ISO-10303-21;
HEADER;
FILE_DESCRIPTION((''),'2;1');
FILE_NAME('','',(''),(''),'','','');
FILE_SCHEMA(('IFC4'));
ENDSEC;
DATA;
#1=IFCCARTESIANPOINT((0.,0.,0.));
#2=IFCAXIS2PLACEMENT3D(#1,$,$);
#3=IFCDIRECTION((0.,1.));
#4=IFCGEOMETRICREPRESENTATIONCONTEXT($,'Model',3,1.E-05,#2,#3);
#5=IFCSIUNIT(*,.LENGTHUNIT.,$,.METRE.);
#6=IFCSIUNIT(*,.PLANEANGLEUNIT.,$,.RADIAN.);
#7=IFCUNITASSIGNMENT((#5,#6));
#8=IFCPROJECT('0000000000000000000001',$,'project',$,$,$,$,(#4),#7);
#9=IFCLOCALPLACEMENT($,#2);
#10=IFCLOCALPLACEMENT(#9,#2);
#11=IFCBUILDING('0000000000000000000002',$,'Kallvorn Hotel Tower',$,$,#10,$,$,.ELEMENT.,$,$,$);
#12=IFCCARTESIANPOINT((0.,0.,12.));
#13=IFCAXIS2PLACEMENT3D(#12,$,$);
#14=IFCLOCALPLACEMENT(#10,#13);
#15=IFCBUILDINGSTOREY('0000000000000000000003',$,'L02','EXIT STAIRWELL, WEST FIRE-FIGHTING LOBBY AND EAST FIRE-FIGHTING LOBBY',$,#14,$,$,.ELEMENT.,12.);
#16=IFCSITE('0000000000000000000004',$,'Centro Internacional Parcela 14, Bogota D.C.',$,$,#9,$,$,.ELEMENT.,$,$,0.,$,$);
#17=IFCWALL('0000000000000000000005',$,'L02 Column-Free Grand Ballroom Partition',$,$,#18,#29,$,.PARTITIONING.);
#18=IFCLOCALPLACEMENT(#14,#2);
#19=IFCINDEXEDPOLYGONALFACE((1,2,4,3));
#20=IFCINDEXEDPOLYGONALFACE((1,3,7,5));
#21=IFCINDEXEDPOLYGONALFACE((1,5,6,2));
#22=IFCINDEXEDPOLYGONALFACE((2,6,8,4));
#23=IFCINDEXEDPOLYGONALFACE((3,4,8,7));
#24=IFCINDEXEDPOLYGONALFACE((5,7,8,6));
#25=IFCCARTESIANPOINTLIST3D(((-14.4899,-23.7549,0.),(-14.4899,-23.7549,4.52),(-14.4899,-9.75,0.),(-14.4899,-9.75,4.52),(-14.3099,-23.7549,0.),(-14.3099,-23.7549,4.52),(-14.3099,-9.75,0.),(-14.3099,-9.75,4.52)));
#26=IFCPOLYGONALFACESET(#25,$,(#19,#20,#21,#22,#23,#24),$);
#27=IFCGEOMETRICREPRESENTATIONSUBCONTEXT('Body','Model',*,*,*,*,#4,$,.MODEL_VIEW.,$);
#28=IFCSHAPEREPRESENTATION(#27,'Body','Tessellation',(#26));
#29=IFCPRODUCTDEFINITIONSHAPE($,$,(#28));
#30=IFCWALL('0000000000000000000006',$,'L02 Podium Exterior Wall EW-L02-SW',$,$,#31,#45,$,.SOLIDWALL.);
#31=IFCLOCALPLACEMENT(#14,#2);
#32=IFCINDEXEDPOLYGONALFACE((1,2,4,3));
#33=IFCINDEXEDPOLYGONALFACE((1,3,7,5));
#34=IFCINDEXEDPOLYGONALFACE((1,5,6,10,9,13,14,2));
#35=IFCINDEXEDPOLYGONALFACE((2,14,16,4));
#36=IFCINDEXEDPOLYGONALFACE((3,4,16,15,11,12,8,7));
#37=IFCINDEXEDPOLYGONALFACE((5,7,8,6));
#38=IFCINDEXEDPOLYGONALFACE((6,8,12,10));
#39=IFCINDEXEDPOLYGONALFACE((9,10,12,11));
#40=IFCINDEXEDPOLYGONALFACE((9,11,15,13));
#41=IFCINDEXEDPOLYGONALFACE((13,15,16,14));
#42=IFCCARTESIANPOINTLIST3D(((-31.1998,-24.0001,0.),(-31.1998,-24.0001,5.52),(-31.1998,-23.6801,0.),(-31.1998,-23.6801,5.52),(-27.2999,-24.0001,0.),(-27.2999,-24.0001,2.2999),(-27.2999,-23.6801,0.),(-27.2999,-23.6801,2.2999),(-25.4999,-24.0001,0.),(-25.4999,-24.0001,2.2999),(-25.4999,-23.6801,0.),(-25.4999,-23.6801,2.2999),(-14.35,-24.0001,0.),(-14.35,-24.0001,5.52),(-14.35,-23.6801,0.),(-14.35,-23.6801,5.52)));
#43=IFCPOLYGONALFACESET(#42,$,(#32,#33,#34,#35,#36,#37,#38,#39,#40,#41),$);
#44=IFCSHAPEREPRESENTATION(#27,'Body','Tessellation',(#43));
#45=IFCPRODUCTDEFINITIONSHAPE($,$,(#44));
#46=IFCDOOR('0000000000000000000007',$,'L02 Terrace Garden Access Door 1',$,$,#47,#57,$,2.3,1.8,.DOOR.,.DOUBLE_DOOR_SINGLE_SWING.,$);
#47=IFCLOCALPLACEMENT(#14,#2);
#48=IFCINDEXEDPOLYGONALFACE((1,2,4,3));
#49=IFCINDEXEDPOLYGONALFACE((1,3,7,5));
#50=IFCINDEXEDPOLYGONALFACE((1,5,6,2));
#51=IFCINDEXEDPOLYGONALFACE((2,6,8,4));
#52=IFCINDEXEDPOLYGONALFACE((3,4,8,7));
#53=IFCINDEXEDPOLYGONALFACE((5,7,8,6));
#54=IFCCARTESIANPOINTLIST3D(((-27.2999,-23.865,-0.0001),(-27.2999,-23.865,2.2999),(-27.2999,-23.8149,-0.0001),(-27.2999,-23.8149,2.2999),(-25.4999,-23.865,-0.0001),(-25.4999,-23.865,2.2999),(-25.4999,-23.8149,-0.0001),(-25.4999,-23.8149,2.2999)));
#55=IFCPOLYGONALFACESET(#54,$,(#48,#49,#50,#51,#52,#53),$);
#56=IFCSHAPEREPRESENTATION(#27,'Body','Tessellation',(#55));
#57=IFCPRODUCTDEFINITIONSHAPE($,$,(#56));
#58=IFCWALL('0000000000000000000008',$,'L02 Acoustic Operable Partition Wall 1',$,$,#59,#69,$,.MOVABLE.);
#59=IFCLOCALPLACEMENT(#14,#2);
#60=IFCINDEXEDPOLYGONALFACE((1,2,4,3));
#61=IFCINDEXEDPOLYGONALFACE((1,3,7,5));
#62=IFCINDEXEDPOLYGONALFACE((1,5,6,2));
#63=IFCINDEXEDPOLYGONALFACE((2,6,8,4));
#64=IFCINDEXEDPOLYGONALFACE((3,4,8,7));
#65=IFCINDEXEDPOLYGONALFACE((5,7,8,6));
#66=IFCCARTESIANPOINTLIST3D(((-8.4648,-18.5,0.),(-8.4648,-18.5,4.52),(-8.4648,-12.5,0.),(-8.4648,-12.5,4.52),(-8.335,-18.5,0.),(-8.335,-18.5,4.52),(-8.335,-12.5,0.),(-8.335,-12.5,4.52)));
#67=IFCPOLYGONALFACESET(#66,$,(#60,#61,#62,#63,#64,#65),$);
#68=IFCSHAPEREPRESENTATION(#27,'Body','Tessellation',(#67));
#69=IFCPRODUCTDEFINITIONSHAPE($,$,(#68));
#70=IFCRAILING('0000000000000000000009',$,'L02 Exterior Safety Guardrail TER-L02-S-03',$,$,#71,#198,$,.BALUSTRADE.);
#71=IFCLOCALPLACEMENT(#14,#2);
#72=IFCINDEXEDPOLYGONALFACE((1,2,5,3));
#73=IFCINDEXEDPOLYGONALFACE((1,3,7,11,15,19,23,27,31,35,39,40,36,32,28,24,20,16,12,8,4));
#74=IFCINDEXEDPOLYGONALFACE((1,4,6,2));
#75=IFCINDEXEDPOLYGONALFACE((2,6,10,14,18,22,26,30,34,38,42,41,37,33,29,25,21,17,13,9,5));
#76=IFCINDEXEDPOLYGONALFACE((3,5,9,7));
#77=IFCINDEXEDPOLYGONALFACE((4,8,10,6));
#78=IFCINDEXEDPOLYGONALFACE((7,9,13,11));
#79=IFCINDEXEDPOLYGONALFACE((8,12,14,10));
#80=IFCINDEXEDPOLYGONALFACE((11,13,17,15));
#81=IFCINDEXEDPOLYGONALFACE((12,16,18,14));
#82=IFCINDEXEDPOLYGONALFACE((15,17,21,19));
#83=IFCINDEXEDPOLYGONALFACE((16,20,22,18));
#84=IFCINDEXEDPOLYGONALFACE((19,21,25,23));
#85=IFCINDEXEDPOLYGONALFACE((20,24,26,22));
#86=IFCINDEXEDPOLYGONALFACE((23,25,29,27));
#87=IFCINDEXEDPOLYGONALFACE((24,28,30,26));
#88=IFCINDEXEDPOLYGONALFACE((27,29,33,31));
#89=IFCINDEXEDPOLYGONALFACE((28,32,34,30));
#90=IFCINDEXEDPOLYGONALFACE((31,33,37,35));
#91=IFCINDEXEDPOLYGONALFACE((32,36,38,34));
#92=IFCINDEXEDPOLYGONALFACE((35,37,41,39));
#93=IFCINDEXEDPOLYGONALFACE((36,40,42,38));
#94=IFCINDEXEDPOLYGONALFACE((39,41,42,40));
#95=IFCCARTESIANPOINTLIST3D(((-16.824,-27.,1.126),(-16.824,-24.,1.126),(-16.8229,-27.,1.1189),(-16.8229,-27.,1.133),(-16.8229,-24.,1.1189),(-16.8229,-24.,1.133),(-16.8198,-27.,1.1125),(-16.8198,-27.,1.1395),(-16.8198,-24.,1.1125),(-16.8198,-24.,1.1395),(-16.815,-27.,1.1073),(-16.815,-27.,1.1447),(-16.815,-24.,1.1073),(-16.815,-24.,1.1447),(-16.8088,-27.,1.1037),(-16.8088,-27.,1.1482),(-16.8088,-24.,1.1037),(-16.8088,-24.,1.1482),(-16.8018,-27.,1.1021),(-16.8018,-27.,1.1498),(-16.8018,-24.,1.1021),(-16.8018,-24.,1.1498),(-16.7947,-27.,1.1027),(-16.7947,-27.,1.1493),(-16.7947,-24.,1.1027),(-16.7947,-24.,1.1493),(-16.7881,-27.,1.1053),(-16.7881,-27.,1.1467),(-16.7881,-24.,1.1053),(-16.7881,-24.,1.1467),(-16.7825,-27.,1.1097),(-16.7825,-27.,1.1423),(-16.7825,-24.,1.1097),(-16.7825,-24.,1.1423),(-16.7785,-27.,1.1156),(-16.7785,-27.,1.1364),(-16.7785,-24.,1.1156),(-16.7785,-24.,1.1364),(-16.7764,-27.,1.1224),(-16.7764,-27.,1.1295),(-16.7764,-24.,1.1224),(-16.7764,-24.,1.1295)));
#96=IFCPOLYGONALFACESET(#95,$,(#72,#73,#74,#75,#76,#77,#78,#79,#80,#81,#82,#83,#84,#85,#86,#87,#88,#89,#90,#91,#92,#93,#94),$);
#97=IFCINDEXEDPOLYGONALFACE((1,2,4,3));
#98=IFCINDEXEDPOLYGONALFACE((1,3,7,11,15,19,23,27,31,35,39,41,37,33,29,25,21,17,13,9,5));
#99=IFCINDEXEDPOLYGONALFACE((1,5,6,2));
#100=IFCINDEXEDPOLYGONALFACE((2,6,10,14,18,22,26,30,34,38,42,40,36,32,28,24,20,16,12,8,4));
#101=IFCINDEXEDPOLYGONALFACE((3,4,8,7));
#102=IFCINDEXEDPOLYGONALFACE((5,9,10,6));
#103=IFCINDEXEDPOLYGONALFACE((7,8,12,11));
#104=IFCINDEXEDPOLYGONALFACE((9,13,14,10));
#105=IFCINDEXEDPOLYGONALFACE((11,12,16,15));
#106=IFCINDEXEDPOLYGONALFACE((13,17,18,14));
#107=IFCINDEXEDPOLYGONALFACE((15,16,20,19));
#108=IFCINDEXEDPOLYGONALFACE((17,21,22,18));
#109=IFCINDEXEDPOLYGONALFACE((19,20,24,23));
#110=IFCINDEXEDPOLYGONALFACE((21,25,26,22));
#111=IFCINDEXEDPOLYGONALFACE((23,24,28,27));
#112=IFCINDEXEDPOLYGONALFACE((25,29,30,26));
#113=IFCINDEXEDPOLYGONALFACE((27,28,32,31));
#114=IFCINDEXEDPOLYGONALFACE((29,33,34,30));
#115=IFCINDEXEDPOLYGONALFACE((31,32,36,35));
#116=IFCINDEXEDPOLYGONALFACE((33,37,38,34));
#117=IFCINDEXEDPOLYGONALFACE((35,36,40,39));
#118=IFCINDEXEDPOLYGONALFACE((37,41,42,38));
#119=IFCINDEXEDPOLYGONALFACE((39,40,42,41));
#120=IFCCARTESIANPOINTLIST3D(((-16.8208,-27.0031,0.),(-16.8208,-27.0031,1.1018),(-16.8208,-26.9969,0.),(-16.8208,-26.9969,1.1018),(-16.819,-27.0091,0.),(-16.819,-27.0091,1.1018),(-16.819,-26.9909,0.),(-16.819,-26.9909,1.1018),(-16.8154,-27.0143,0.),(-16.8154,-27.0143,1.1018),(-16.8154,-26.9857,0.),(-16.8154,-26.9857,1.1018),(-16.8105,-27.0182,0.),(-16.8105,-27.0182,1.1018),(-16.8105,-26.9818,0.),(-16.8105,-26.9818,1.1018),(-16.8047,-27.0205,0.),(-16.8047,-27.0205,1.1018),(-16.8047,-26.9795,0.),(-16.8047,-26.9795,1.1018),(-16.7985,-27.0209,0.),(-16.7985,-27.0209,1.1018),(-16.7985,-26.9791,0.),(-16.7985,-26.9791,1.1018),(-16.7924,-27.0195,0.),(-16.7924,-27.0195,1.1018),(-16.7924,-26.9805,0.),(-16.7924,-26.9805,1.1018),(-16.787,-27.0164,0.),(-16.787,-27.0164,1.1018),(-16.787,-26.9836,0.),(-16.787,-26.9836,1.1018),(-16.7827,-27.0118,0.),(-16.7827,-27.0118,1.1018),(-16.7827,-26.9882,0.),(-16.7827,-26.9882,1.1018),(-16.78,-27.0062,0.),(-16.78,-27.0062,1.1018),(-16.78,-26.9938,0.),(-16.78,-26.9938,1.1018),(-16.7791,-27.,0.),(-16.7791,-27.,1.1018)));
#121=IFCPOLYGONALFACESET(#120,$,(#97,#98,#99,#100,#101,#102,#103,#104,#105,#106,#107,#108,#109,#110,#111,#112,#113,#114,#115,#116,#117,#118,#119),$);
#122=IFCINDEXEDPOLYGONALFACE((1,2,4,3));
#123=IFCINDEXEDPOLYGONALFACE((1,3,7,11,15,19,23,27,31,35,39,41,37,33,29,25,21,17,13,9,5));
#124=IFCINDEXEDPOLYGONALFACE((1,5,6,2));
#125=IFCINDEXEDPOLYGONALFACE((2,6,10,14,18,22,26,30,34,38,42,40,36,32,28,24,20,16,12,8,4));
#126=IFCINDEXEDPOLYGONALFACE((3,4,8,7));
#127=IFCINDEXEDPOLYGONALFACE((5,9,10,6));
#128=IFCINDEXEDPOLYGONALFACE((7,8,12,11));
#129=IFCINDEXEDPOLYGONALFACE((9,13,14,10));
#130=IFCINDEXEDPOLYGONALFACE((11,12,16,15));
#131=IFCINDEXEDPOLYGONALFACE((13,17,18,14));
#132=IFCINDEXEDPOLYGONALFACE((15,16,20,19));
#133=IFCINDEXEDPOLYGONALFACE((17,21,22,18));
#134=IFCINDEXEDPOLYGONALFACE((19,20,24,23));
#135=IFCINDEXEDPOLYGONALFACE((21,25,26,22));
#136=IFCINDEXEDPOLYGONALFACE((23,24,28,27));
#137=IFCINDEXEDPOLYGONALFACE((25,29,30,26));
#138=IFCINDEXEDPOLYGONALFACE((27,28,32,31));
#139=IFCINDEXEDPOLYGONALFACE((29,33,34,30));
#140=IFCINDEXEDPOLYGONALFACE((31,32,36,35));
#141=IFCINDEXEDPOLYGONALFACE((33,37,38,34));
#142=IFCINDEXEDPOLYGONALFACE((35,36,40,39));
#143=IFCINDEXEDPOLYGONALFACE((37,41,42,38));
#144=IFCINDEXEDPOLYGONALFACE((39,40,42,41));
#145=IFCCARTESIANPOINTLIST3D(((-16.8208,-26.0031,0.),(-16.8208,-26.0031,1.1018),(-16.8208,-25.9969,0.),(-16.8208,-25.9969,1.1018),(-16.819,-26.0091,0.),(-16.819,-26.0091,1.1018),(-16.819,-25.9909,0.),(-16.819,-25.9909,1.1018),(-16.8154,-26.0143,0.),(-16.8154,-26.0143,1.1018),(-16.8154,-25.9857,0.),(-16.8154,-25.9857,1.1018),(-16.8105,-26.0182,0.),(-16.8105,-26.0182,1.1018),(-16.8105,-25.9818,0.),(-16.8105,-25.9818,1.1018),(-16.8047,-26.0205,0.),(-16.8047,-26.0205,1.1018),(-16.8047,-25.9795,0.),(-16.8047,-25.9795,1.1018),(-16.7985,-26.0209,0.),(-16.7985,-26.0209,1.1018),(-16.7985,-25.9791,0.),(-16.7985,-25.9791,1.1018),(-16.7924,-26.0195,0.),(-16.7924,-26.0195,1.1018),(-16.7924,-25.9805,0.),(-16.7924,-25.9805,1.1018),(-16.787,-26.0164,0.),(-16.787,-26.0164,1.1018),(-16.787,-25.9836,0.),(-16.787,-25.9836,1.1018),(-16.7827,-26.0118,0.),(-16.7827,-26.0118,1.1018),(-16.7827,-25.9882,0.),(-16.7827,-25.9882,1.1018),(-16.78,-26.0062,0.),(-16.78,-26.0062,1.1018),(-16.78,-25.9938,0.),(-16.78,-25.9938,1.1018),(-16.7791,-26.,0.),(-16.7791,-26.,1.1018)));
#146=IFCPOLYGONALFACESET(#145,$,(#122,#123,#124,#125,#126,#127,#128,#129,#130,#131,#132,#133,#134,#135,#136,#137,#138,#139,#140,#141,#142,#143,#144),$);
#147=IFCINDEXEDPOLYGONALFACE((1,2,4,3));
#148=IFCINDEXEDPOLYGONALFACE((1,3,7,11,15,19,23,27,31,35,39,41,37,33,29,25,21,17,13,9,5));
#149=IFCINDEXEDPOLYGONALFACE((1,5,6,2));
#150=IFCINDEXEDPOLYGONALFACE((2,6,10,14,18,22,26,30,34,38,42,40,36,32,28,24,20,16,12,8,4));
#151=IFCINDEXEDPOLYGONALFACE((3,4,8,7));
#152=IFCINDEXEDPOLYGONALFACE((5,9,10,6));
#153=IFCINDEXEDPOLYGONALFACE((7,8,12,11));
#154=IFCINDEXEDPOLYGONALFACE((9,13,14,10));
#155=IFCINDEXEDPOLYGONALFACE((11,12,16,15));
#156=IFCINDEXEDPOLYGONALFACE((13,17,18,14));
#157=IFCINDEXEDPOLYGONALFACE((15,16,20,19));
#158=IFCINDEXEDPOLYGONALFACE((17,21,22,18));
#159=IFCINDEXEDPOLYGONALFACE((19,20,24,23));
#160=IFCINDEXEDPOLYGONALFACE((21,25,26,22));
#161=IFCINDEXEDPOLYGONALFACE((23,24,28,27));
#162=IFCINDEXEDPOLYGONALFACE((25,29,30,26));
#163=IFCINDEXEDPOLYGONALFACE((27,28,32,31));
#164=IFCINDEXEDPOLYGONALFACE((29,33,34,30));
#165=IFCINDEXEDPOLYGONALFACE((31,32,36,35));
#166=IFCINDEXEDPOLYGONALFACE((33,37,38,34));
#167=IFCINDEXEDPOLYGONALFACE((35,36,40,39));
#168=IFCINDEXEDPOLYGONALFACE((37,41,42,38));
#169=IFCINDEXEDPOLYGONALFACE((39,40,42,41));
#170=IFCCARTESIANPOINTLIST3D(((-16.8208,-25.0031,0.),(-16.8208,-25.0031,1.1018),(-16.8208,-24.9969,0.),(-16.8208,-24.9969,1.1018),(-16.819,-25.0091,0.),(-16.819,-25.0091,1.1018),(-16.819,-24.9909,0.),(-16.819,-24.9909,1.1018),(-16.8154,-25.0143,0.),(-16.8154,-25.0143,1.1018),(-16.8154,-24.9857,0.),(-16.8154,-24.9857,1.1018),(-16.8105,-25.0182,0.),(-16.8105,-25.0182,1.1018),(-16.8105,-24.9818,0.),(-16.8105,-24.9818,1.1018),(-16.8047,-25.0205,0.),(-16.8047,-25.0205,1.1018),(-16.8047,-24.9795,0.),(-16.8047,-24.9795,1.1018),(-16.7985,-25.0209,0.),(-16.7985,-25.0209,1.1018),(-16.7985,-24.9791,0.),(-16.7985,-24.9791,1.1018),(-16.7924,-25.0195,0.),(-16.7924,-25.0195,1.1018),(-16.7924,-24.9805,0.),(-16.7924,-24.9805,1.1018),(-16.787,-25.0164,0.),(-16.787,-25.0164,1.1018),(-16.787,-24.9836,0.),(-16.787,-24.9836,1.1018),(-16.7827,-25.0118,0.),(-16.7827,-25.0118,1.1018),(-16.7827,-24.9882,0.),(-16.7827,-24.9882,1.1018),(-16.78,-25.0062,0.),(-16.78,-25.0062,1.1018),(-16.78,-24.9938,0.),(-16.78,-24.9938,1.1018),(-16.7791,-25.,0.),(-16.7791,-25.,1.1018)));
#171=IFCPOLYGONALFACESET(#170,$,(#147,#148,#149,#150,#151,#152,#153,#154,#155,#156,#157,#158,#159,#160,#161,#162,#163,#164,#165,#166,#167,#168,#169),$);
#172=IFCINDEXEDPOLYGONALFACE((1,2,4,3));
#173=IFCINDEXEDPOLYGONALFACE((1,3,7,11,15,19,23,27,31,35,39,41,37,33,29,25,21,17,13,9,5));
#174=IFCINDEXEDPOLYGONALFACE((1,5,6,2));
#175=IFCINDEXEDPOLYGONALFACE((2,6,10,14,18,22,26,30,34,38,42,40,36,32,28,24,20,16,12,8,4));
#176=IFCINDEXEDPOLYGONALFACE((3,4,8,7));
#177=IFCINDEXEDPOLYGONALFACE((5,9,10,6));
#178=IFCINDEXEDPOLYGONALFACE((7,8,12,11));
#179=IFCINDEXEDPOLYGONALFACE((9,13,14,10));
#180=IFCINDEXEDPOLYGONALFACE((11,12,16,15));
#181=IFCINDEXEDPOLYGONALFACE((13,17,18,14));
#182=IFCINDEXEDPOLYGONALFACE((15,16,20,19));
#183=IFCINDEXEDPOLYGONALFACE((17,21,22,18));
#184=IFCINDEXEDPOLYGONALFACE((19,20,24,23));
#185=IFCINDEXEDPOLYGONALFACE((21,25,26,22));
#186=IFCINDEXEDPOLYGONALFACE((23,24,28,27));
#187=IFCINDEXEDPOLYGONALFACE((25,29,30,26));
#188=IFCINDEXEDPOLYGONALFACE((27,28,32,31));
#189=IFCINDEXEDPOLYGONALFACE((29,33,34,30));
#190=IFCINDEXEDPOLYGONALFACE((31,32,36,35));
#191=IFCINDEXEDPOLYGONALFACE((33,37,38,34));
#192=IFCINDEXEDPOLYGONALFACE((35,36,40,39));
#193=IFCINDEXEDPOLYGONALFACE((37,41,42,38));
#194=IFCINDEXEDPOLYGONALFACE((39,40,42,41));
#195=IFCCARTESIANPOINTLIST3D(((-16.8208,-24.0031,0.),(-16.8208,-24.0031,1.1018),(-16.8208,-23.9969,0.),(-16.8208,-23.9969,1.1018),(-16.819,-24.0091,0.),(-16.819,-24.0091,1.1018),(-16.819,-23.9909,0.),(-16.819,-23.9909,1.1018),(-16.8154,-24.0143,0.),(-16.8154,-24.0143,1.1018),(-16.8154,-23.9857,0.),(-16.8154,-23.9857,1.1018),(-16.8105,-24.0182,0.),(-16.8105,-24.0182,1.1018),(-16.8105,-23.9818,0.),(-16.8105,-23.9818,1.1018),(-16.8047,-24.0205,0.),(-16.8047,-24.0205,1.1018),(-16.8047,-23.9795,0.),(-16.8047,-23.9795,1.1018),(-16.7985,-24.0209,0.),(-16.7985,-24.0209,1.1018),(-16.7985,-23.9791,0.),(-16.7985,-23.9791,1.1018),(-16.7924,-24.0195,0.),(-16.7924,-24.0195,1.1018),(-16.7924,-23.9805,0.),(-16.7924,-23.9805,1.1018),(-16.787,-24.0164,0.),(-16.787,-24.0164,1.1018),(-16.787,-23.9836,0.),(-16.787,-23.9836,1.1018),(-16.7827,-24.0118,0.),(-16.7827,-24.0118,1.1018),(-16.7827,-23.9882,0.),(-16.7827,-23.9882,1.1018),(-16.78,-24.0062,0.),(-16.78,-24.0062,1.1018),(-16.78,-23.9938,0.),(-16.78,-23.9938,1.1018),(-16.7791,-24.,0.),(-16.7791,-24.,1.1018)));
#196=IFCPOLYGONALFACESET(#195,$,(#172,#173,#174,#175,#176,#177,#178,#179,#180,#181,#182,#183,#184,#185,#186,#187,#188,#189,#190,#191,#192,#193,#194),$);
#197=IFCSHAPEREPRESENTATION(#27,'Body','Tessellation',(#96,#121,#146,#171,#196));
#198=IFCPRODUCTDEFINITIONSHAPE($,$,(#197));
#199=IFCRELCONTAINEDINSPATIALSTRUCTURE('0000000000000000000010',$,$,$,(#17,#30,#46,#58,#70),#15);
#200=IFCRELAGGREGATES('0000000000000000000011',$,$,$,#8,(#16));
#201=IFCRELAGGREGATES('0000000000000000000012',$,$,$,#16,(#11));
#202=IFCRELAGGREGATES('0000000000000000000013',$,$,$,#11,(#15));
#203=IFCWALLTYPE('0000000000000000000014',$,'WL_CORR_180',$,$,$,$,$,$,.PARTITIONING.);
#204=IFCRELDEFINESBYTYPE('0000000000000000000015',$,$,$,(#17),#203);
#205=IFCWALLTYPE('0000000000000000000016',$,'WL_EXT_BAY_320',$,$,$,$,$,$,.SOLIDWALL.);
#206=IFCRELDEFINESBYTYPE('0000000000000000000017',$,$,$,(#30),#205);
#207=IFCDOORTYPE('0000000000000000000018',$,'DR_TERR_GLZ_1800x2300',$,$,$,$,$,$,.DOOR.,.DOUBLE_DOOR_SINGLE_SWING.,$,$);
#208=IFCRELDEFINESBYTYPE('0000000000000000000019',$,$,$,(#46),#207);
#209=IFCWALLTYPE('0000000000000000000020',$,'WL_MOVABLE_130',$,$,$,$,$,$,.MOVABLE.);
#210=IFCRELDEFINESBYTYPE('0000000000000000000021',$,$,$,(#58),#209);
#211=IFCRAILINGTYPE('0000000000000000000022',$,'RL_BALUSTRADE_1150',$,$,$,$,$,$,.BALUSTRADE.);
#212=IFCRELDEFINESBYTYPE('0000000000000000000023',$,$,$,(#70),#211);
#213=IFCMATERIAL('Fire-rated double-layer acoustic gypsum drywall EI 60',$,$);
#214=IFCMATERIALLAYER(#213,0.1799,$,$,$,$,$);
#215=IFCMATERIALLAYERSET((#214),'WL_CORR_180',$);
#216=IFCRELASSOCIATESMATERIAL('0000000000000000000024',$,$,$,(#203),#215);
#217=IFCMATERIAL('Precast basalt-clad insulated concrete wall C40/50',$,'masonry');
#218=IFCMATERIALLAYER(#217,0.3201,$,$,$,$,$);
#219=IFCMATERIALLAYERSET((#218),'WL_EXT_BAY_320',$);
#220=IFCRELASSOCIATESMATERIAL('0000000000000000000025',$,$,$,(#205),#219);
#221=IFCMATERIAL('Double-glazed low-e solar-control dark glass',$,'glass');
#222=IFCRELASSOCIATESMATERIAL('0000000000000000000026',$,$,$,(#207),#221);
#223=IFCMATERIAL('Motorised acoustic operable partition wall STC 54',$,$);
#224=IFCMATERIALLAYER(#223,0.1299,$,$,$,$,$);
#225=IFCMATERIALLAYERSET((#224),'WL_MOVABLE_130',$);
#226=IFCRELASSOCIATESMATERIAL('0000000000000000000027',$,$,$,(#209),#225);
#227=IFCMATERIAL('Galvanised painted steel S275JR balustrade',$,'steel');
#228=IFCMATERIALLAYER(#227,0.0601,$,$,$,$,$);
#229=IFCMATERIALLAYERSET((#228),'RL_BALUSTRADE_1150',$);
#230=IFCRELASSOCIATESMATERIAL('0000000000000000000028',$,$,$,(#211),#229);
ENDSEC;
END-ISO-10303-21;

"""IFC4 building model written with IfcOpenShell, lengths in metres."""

from ifc_helpers import new_model, si_unit, direction, frame, frame_2d, origin, origin_2d, place, context, subcontext, project, spatial, rectangle, circle, extrude, material, layer, layer_set, type_object, element, fill, save


model = new_model("IFC4")

# Units and contexts
model_context = context("Model", 3, precision=1e-05, world=origin(), true_north=direction((0.0, 1.0)))
body_context = subcontext(model_context, "Body", "Model", "MODEL_VIEW")
ifc_project = project(units=[si_unit("LENGTHUNIT", "METRE"), si_unit("PLANEANGLEUNIT", "RADIAN")], contexts=[model_context])

# Site, building, storey
site_placement = place(None, origin())
site = spatial("IfcSite", under=ifc_project, at=site_placement, Name="Centro Internacional Parcela 14, Bogota D.C.", CompositionType="ELEMENT", RefElevation=0.0)
building_placement = place(site_placement, origin())
building = spatial("IfcBuilding", under=site, at=building_placement, Name="Kallvorn Hotel Tower", CompositionType="ELEMENT")
storey_placement = place(building_placement, frame((0.0, 0.0, 12.0)))
storey = spatial("IfcBuildingStorey", under=building, at=storey_placement, Name="L02", Description="EXIT STAIRWELL, WEST FIRE-FIGHTING LOBBY AND EAST FIRE-FIGHTING LOBBY", CompositionType="ELEMENT", Elevation=12.0)

# Wall
ifc_material_1 = material(Name="Fire-rated double-layer acoustic gypsum drywall EI 60")
ifc_layer_1 = layer(ifc_material_1, 0.1799)
ifc_layer_set_1 = layer_set([ifc_layer_1], Name="WL_CORR_180")
wall_type_1 = type_object("IfcWallType", Name="WL_CORR_180", PredefinedType="PARTITIONING", material=ifc_layer_set_1)
wall_1_placement = place(storey_placement, frame((-14.3999, -23.7549, 0.0), z_axis=(0.0, 0.0, 1.0), x_axis=(0.0, 1.0, 0.0)))
element("IfcWall", 1, at=wall_1_placement, inside=storey, type_object=wall_type_1, Name="L02 Column-Free Grand Ballroom Partition", PredefinedType="PARTITIONING", context=body_context, shape_type="SweptSolid", body=[
    extrude(rectangle(XDim=14.0049, YDim=0.1799, at=frame_2d((7.0024, 0.0))), origin(), (0.0, 0.0, 1.0), 4.52),
])

# Wall, opening, door
ifc_material_2 = material(Name="Precast basalt-clad insulated concrete wall C40/50", Category="masonry")
ifc_layer_2 = layer(ifc_material_2, 0.3201)
ifc_layer_set_2 = layer_set([ifc_layer_2], Name="WL_EXT_BAY_320")
wall_type_2 = type_object("IfcWallType", Name="WL_EXT_BAY_320", PredefinedType="SOLIDWALL", material=ifc_layer_set_2)
wall_2_placement = place(storey_placement, frame((-14.3501, -23.8401, 0.0), z_axis=(0.0, 0.0, 1.0), x_axis=(-1.0, 0.0, 0.0)))
wall_2 = element("IfcWall", 2, at=wall_2_placement, inside=storey, type_object=wall_type_2, Name="L02 Podium Exterior Wall EW-L02-SW", PredefinedType="SOLIDWALL", context=body_context, shape_type="SweptSolid", body=[
    extrude(rectangle(XDim=16.8499, YDim=0.3201, at=frame_2d((8.4248, 0.0))), origin(), (0.0, 0.0, 1.0), 5.52),
])
opening_placement = place(wall_2_placement, frame((11.1499, 0.0, 0.0)))
opening = element("IfcOpeningElement", 3, at=opening_placement, cuts=wall_2, PredefinedType="OPENING", context=body_context, shape_type="SweptSolid", body=[
    extrude(rectangle(XDim=1.8, YDim=2.3, at=frame_2d((0.8999, 1.1499))), frame((0.0, 0.175, 0.0), z_axis=(0.0, -1.0, 0.0), x_axis=(1.0, 0.0, 0.0)), (0.0, 0.0, 1.0), 0.3501),
])
ifc_material_3 = material(Name="Double-glazed low-e solar-control dark glass", Category="glass")
door_type = type_object("IfcDoorType", Name="DR_TERR_GLZ_1800x2300", OperationType="DOUBLE_DOOR_SINGLE_SWING", PredefinedType="DOOR", material=ifc_material_3)
door_placement = place(opening_placement, origin())
door = element("IfcDoor", 4, at=door_placement, inside=storey, type_object=door_type, Name="L02 Terrace Garden Access Door 1", OperationType="DOUBLE_DOOR_SINGLE_SWING", OverallHeight=2.3, OverallWidth=1.8, PredefinedType="DOOR", context=body_context, shape_type="SweptSolid", body=[
    extrude(rectangle(XDim=1.8, YDim=2.3, at=frame_2d((0.8999, 1.1499))), frame((0.0, 0.0249, 0.0), z_axis=(0.0, -1.0, 0.0), x_axis=(1.0, 0.0, 0.0)), (0.0, 0.0, 1.0), 0.05),
])
fill(opening, door)

# Wall
ifc_material_4 = material(Name="Motorised acoustic operable partition wall STC 54")
ifc_layer_3 = layer(ifc_material_4, 0.1299)
ifc_layer_set_3 = layer_set([ifc_layer_3], Name="WL_MOVABLE_130")
wall_type_3 = type_object("IfcWallType", Name="WL_MOVABLE_130", PredefinedType="MOVABLE", material=ifc_layer_set_3)
wall_3_placement = place(storey_placement, frame((-8.3999, -18.5, 0.0), z_axis=(0.0, 0.0, 1.0), x_axis=(0.0, 1.0, 0.0)))
element("IfcWall", 5, at=wall_3_placement, inside=storey, type_object=wall_type_3, Name="L02 Acoustic Operable Partition Wall 1", PredefinedType="MOVABLE", context=body_context, shape_type="SweptSolid", body=[
    extrude(rectangle(XDim=6.0, YDim=0.1299, at=frame_2d((3.0, 0.0))), origin(), (0.0, 0.0, 1.0), 4.52),
])

# Railing
ifc_material_5 = material(Name="Galvanised painted steel S275JR balustrade", Category="steel")
ifc_layer_4 = layer(ifc_material_5, 0.0601)
ifc_layer_set_4 = layer_set([ifc_layer_4], Name="RL_BALUSTRADE_1150")
railing_type = type_object("IfcRailingType", Name="RL_BALUSTRADE_1150", PredefinedType="BALUSTRADE", material=ifc_layer_set_4)
railing_placement = place(storey_placement, frame((-16.8, -27.0, 0.0)))
element("IfcRailing", 6, at=railing_placement, inside=storey, type_object=railing_type, Name="L02 Exterior Safety Guardrail TER-L02-S-03", PredefinedType="BALUSTRADE", context=body_context, shape_type="SweptSolid", body=[
    extrude(circle(Radius=0.0239, at=origin_2d()), frame((0.0, 0.0, 1.126), z_axis=(0.0, 1.0, 0.0), x_axis=(-1.0, 0.0, 0.0)), (0.0, 0.0, 1.0), 3.0),
    extrude(circle(Radius=0.021, at=origin_2d()), origin(), (0.0, 0.0, 1.0), 1.1018),
    extrude(circle(Radius=0.021, at=origin_2d()), frame((0.0, 1.0, 0.0)), (0.0, 0.0, 1.0), 1.1018),
    extrude(circle(Radius=0.021, at=origin_2d()), frame((0.0, 2.0, 0.0)), (0.0, 0.0, 1.0), 1.1018),
    extrude(circle(Radius=0.021, at=origin_2d()), frame((0.0, 3.0, 0.0)), (0.0, 0.0, 1.0), 1.1018),
])

save(model, "model.ifc")
